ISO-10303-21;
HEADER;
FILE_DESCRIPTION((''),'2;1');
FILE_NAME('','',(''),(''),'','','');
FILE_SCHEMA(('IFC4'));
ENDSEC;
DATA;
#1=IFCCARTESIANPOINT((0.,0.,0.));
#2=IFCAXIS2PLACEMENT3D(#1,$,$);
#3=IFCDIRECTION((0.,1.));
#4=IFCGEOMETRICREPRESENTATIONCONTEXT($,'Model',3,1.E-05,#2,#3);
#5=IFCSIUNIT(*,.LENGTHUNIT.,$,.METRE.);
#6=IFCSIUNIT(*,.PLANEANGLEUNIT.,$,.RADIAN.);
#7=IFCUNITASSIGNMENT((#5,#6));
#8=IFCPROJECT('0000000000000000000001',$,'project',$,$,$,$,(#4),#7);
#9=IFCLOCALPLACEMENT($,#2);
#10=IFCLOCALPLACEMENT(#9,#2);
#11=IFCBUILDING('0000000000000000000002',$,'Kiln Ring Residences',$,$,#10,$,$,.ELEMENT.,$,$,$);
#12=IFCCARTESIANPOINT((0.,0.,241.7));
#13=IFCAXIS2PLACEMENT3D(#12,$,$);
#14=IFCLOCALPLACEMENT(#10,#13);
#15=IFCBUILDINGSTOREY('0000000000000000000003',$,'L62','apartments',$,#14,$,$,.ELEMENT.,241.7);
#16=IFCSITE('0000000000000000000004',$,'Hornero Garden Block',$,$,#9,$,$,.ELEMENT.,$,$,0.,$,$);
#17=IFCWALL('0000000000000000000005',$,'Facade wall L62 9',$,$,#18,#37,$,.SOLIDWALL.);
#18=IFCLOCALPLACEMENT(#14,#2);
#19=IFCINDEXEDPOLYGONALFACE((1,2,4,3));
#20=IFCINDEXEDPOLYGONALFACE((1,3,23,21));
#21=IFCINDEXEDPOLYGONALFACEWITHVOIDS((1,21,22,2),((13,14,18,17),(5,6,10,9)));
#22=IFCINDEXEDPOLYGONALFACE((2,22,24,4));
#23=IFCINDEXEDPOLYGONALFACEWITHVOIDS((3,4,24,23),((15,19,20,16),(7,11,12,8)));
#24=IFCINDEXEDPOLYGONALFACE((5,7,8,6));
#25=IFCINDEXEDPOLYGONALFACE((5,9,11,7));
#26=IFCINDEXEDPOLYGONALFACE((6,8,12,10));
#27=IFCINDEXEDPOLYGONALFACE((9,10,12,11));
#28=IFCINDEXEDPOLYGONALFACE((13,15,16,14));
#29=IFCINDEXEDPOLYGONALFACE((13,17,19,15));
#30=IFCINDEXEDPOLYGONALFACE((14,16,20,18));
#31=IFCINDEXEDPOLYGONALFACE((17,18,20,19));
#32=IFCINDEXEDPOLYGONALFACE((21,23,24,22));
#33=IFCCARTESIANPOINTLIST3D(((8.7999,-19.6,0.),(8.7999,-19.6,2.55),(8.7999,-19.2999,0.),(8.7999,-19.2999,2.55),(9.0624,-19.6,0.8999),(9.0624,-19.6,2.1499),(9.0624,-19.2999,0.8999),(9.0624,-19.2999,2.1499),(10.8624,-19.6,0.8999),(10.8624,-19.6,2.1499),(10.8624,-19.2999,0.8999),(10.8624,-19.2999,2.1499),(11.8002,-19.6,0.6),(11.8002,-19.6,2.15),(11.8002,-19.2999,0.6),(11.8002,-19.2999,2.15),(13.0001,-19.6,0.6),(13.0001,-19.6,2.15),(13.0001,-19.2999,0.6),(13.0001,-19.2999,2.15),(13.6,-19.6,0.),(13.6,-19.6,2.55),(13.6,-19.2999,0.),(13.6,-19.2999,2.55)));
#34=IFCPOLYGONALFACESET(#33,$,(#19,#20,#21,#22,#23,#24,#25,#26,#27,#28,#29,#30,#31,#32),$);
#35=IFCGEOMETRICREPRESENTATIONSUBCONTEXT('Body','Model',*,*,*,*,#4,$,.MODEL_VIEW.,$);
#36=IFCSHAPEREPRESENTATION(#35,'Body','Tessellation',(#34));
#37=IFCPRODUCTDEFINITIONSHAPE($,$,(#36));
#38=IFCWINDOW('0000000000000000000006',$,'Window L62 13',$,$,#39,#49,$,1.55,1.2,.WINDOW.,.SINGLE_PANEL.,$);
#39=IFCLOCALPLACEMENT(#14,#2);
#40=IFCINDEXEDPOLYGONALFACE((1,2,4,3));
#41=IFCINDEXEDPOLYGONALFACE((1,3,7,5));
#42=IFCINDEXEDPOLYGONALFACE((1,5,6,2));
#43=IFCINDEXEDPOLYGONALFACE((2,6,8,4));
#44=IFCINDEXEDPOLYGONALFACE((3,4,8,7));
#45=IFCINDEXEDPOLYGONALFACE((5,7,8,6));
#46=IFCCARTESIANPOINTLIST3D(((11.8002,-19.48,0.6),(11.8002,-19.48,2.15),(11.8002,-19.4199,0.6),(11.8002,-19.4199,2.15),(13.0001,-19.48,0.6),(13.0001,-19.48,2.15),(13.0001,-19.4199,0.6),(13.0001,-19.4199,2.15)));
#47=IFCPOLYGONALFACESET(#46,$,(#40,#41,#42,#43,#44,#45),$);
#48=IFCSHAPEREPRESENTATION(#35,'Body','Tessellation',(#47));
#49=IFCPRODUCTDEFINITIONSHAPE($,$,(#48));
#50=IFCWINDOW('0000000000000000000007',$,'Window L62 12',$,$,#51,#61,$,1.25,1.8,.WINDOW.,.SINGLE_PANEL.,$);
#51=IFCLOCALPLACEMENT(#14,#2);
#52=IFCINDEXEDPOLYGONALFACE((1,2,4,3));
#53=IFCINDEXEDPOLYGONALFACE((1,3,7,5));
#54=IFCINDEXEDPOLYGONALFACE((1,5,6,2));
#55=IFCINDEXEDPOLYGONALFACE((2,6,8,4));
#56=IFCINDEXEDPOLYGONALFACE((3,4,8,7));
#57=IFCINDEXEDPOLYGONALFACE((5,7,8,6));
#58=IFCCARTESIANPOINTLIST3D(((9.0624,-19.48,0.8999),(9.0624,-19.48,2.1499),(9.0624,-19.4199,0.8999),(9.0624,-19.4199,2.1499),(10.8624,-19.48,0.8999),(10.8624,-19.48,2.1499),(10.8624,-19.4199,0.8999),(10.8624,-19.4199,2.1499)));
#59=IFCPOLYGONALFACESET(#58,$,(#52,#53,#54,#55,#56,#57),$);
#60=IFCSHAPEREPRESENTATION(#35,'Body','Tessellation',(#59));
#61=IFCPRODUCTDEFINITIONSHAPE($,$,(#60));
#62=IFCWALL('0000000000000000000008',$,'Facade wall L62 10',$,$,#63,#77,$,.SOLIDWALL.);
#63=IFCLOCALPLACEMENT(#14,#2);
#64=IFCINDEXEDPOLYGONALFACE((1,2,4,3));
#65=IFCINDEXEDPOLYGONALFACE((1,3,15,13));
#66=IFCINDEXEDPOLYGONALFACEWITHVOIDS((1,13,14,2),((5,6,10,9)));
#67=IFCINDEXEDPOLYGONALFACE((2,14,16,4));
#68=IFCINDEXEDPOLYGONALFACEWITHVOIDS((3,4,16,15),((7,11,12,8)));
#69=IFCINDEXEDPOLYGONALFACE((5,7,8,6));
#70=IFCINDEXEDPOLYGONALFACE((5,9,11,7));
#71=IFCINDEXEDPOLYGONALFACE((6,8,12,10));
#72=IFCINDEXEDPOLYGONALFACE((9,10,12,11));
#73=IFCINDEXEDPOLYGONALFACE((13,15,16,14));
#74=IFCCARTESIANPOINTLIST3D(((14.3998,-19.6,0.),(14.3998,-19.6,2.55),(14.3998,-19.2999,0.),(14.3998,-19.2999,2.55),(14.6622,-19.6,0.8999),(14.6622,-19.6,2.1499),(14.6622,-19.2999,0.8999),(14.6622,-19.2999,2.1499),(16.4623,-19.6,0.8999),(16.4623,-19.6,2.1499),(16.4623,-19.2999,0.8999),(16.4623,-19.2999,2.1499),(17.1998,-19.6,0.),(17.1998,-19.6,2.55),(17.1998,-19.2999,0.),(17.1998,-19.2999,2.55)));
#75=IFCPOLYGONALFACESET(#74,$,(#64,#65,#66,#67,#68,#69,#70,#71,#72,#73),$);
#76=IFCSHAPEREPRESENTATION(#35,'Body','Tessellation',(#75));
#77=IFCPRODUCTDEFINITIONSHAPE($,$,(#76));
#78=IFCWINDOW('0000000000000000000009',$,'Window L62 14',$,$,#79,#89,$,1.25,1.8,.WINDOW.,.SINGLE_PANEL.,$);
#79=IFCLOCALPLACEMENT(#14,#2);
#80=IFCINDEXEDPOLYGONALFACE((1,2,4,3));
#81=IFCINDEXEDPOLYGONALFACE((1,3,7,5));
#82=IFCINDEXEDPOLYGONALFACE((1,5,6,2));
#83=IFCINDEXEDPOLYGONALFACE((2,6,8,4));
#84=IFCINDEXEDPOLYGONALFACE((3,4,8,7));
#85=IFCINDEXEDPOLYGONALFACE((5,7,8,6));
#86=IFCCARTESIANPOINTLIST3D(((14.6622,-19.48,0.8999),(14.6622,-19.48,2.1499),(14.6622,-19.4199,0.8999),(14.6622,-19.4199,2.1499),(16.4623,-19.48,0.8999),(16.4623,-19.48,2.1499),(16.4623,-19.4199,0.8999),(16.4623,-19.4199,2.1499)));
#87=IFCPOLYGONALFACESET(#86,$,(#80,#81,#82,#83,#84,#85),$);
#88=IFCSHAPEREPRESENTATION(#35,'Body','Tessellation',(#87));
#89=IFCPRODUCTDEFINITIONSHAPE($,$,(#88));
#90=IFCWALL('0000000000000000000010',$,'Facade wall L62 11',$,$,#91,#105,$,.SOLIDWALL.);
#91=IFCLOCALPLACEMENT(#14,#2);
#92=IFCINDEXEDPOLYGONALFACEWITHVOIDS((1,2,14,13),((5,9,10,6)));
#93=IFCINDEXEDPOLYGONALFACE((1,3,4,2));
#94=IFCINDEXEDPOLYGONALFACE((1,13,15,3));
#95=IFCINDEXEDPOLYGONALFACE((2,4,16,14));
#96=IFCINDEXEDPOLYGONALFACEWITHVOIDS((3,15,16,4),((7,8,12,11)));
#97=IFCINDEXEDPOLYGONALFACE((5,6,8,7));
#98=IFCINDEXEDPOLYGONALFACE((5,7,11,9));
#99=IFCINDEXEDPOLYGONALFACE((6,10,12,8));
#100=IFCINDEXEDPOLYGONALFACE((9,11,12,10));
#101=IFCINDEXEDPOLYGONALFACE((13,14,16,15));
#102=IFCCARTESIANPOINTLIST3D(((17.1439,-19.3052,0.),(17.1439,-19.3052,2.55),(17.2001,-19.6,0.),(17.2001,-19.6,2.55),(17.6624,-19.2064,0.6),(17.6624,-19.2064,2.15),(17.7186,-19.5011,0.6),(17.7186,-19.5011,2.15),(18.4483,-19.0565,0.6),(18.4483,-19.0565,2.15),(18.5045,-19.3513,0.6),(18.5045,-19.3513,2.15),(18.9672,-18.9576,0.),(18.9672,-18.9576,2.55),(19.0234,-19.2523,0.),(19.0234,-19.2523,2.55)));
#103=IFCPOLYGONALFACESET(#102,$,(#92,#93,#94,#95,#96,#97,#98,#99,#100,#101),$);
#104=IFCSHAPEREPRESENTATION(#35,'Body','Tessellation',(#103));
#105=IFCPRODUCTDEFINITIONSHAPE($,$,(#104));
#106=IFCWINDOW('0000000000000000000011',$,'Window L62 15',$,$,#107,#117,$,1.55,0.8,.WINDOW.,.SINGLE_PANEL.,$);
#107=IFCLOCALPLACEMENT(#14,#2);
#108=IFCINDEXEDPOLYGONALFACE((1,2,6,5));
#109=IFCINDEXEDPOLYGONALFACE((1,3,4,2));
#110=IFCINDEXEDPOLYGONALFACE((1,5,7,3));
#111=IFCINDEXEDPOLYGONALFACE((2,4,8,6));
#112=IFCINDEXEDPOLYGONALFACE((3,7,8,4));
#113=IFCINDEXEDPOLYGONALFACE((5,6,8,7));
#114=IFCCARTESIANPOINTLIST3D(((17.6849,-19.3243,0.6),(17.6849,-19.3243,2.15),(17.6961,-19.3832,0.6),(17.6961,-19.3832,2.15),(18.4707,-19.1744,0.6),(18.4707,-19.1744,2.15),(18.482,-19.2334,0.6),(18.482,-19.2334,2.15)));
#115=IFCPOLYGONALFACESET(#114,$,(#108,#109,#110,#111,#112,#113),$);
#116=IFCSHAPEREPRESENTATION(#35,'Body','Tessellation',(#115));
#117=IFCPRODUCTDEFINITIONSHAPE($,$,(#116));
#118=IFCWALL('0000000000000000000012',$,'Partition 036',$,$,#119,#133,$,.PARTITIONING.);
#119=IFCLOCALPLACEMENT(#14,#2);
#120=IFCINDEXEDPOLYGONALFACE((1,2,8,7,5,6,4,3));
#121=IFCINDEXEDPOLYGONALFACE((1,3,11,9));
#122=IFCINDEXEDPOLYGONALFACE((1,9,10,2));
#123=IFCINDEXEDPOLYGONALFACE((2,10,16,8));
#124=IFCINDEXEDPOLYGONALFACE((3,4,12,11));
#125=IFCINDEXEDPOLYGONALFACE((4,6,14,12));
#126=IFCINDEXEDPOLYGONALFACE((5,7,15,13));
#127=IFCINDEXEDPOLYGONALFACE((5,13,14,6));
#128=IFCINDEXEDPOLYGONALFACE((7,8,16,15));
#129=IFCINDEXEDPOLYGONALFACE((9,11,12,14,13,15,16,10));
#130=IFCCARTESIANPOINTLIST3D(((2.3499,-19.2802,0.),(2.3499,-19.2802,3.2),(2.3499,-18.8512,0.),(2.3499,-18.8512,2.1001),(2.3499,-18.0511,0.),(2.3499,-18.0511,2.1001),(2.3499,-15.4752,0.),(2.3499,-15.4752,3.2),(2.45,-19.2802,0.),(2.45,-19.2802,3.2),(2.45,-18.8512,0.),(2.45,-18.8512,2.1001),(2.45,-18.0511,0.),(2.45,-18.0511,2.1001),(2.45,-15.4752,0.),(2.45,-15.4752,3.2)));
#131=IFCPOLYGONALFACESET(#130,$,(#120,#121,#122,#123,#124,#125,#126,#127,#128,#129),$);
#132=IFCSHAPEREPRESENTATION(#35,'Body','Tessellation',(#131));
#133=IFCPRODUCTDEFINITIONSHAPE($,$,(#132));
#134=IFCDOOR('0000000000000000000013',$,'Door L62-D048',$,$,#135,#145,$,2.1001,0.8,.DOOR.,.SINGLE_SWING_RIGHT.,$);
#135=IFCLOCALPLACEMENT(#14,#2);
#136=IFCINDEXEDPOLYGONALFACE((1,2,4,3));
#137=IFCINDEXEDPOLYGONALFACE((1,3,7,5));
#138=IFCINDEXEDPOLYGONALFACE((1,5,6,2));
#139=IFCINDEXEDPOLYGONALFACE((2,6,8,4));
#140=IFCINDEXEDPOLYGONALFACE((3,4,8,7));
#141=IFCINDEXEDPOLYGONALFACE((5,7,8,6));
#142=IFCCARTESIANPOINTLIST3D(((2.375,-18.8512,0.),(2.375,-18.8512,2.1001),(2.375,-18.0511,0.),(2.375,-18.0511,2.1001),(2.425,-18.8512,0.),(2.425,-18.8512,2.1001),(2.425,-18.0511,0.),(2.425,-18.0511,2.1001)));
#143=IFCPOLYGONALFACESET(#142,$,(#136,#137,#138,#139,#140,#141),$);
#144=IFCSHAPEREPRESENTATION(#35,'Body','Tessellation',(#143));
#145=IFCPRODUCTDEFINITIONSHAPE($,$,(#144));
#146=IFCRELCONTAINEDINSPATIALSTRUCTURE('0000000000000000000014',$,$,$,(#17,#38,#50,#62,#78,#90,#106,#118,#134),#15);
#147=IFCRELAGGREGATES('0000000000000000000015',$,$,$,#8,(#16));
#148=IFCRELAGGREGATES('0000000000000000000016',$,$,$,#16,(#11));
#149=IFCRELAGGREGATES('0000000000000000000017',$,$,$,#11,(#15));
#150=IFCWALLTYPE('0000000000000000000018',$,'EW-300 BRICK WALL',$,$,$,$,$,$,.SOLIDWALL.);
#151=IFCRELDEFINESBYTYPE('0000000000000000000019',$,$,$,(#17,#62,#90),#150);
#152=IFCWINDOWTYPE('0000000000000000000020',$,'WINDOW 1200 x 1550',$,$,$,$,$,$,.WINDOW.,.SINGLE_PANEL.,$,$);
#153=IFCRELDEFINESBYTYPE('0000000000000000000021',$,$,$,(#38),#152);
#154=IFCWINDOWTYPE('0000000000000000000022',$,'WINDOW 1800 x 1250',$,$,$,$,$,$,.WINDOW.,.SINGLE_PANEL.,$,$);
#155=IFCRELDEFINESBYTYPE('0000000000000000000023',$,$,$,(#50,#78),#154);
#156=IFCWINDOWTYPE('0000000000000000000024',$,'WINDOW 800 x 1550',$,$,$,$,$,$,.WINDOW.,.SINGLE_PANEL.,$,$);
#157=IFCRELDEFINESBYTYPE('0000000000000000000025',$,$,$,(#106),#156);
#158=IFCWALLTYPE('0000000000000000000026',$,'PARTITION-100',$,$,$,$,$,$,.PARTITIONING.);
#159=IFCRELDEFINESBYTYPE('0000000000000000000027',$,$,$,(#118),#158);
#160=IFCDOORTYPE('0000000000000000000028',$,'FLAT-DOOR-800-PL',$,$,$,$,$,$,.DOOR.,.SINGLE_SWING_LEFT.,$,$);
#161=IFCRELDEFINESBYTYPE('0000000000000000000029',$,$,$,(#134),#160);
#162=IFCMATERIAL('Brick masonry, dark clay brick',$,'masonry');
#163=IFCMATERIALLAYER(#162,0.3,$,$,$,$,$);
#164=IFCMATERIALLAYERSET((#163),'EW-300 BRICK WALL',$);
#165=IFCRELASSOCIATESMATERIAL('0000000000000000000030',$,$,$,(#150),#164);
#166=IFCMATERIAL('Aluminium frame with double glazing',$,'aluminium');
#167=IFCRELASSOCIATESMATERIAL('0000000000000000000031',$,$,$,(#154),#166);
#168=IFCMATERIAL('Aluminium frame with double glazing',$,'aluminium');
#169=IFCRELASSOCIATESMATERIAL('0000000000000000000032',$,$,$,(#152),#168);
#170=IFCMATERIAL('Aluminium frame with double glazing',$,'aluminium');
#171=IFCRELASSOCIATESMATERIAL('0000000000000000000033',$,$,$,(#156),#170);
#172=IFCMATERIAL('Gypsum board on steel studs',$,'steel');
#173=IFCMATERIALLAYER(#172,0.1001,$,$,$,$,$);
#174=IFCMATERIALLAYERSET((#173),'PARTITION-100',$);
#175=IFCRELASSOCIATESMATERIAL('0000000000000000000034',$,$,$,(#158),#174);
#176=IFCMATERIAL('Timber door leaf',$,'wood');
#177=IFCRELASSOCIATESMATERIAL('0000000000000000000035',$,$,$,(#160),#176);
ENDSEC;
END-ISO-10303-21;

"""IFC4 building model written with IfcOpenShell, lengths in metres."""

from ifc_helpers import new_model, si_unit, direction, frame, frame_2d, origin, place, context, subcontext, project, spatial, rectangle, extrude, material, layer, layer_set, type_object, element, fill, save


model = new_model("IFC4")

# Units and contexts
model_context = context("Model", 3, precision=1e-05, world=origin(), true_north=direction((0.0, 1.0)))
body_context = subcontext(model_context, "Body", "Model", "MODEL_VIEW")
ifc_project = project(units=[si_unit("LENGTHUNIT", "METRE"), si_unit("PLANEANGLEUNIT", "RADIAN")], contexts=[model_context])

# Site, building, storey
site_placement = place(None, origin())
site = spatial("IfcSite", under=ifc_project, at=site_placement, Name="Hornero Garden Block", CompositionType="ELEMENT", RefElevation=0.0)
building_placement = place(site_placement, origin())
building = spatial("IfcBuilding", under=site, at=building_placement, Name="Kiln Ring Residences", CompositionType="ELEMENT")
storey_placement = place(building_placement, frame((0.0, 0.0, 241.7)))
storey = spatial("IfcBuildingStorey", under=building, at=storey_placement, Name="L62", Description="apartments", CompositionType="ELEMENT", Elevation=241.7)

# Wall, openings, windows
ifc_material_1 = material(Name="Brick masonry, dark clay brick", Category="masonry")
ifc_layer_1 = layer(ifc_material_1, 0.3)
ifc_layer_set_1 = layer_set([ifc_layer_1], Name="EW-300 BRICK WALL")
wall_type_1 = type_object("IfcWallType", Name="EW-300 BRICK WALL", PredefinedType="SOLIDWALL", material=ifc_layer_set_1)
ifc_material_2 = material(Name="Aluminium frame with double glazing", Category="aluminium")
window_type_1 = type_object("IfcWindowType", Name="WINDOW 1800 x 1250", PartitioningType="SINGLE_PANEL", PredefinedType="WINDOW", material=ifc_material_2)
wall_1_placement = place(storey_placement, frame((8.8, -19.45, 0.0), z_axis=(0.0, 0.0, 1.0), x_axis=(1.0, 0.0, 0.0)))
wall_1 = element("IfcWall", 1, at=wall_1_placement, inside=storey, type_object=wall_type_1, Name="Facade wall L62 9", PredefinedType="SOLIDWALL", context=body_context, shape_type="SweptSolid", body=[
    extrude(rectangle(XDim=4.8, YDim=0.3, at=frame_2d((2.3999, 0.0))), origin(), (0.0, 0.0, 1.0), 2.55),
])
opening_1_placement = place(wall_1_placement, frame((0.2625, 0.0, 0.8999)))
opening_1 = element("IfcOpeningElement", 2, at=opening_1_placement, cuts=wall_1, PredefinedType="OPENING", context=body_context, shape_type="SweptSolid", body=[
    extrude(rectangle(XDim=1.8, YDim=1.25, at=frame_2d((0.8999, 0.625))), frame((0.0, 0.1599, 0.0), z_axis=(0.0, -1.0, 0.0), x_axis=(1.0, 0.0, 0.0)), (0.0, 0.0, 1.0), 0.3201),
])
opening_2_placement = place(wall_1_placement, frame((3.0, 0.0, 0.6001)))
opening_2 = element("IfcOpeningElement", 3, at=opening_2_placement, cuts=wall_1, PredefinedType="OPENING", context=body_context, shape_type="SweptSolid", body=[
    extrude(rectangle(XDim=1.2, YDim=1.55, at=frame_2d((0.6001, 0.7749))), frame((0.0, 0.1599, 0.0), z_axis=(0.0, -1.0, 0.0), x_axis=(1.0, 0.0, 0.0)), (0.0, 0.0, 1.0), 0.3201),
])
ifc_material_3 = material(Name="Aluminium frame with double glazing", Category="aluminium")
window_type_2 = type_object("IfcWindowType", Name="WINDOW 1200 x 1550", PartitioningType="SINGLE_PANEL", PredefinedType="WINDOW", material=ifc_material_3)
window_1_placement = place(opening_2_placement, origin())
window_1 = element("IfcWindow", 4, at=window_1_placement, inside=storey, type_object=window_type_2, Name="Window L62 13", OverallHeight=1.55, OverallWidth=1.2, PartitioningType="SINGLE_PANEL", PredefinedType="WINDOW", context=body_context, shape_type="SweptSolid", body=[
    extrude(rectangle(XDim=1.2, YDim=1.55, at=frame_2d((0.6001, 0.7749))), frame((0.0, 0.03, 0.0), z_axis=(0.0, -1.0, 0.0), x_axis=(1.0, 0.0, 0.0)), (0.0, 0.0, 1.0), 0.0601),
])
fill(opening_2, window_1)
window_2_placement = place(opening_1_placement, origin())
window_2 = element("IfcWindow", 5, at=window_2_placement, inside=storey, type_object=window_type_1, Name="Window L62 12", OverallHeight=1.25, OverallWidth=1.8, PartitioningType="SINGLE_PANEL", PredefinedType="WINDOW", context=body_context, shape_type="SweptSolid", body=[
    extrude(rectangle(XDim=1.8, YDim=1.25, at=frame_2d((0.8999, 0.625))), frame((0.0, 0.03, 0.0), z_axis=(0.0, -1.0, 0.0), x_axis=(1.0, 0.0, 0.0)), (0.0, 0.0, 1.0), 0.0601),
])
fill(opening_1, window_2)

# Walls, openings, windows
wall_2_placement = place(storey_placement, frame((14.3999, -19.45, 0.0), z_axis=(0.0, 0.0, 1.0), x_axis=(1.0, 0.0, 0.0)))
wall_2 = element("IfcWall", 6, at=wall_2_placement, inside=storey, type_object=wall_type_1, Name="Facade wall L62 10", PredefinedType="SOLIDWALL", context=body_context, shape_type="SweptSolid", body=[
    extrude(rectangle(XDim=2.8, YDim=0.3, at=frame_2d((1.3999, 0.0))), origin(), (0.0, 0.0, 1.0), 2.55),
])
opening_3_placement = place(wall_2_placement, frame((0.2625, 0.0, 0.8999)))
opening_3 = element("IfcOpeningElement", 7, at=opening_3_placement, cuts=wall_2, PredefinedType="OPENING", context=body_context, shape_type="SweptSolid", body=[
    extrude(rectangle(XDim=1.8, YDim=1.25, at=frame_2d((0.8999, 0.625))), frame((0.0, 0.1599, 0.0), z_axis=(0.0, -1.0, 0.0), x_axis=(1.0, 0.0, 0.0)), (0.0, 0.0, 1.0), 0.3201),
])
window_3_placement = place(opening_3_placement, origin())
window_3 = element("IfcWindow", 8, at=window_3_placement, inside=storey, type_object=window_type_1, Name="Window L62 14", OverallHeight=1.25, OverallWidth=1.8, PartitioningType="SINGLE_PANEL", PredefinedType="WINDOW", context=body_context, shape_type="SweptSolid", body=[
    extrude(rectangle(XDim=1.8, YDim=1.25, at=frame_2d((0.8999, 0.625))), frame((0.0, 0.03, 0.0), z_axis=(0.0, -1.0, 0.0), x_axis=(1.0, 0.0, 0.0)), (0.0, 0.0, 1.0), 0.0601),
])
fill(opening_3, window_3)
wall_3_placement = place(storey_placement, frame((17.1719, -19.4526, 0.0), z_axis=(0.0, 0.0, 1.0), x_axis=(0.982302, 0.187306, 0.0)))
wall_3 = element("IfcWall", 9, at=wall_3_placement, inside=storey, type_object=wall_type_1, Name="Facade wall L62 11", PredefinedType="SOLIDWALL", context=body_context, shape_type="SweptSolid", body=[
    extrude(rectangle(XDim=1.8562, YDim=0.3, at=frame_2d((0.9282, 0.0))), origin(), (0.0, 0.0, 1.0), 2.55),
])
opening_4_placement = place(wall_3_placement, frame((0.5281, 0.0, 0.6001)))
opening_4 = element("IfcOpeningElement", 10, at=opening_4_placement, cuts=wall_3, PredefinedType="OPENING", context=body_context, shape_type="SweptSolid", body=[
    extrude(rectangle(XDim=0.8, YDim=1.55, at=frame_2d((0.3999, 0.7749))), frame((0.0, 0.1599, 0.0), z_axis=(0.0, -1.0, 0.0), x_axis=(1.0, 0.0, 0.0)), (0.0, 0.0, 1.0), 0.3201),
])
ifc_material_4 = material(Name="Aluminium frame with double glazing", Category="aluminium")
window_type_3 = type_object("IfcWindowType", Name="WINDOW 800 x 1550", PartitioningType="SINGLE_PANEL", PredefinedType="WINDOW", material=ifc_material_4)
window_4_placement = place(opening_4_placement, origin())
window_4 = element("IfcWindow", 11, at=window_4_placement, inside=storey, type_object=window_type_3, Name="Window L62 15", OverallHeight=1.55, OverallWidth=0.8, PartitioningType="SINGLE_PANEL", PredefinedType="WINDOW", context=body_context, shape_type="SweptSolid", body=[
    extrude(rectangle(XDim=0.8, YDim=1.55, at=frame_2d((0.3999, 0.7749))), frame((0.0, 0.03, 0.0), z_axis=(0.0, -1.0, 0.0), x_axis=(1.0, 0.0, 0.0)), (0.0, 0.0, 1.0), 0.0601),
])
fill(opening_4, window_4)

# Wall, opening, door
ifc_material_5 = material(Name="Gypsum board on steel studs", Category="steel")
ifc_layer_2 = layer(ifc_material_5, 0.1001)
ifc_layer_set_2 = layer_set([ifc_layer_2], Name="PARTITION-100")
wall_type_2 = type_object("IfcWallType", Name="PARTITION-100", PredefinedType="PARTITIONING", material=ifc_layer_set_2)
wall_4_placement = place(storey_placement, frame((2.3999, -19.28, 0.0), z_axis=(0.0, 0.0, 1.0), x_axis=(0.0, 1.0, 0.0)))
wall_4 = element("IfcWall", 12, at=wall_4_placement, inside=storey, type_object=wall_type_2, Name="Partition 036", PredefinedType="PARTITIONING", context=body_context, shape_type="SweptSolid", body=[
    extrude(rectangle(XDim=3.8049, YDim=0.1001, at=frame_2d((1.9023, 0.0))), origin(), (0.0, 0.0, 1.0), 3.2),
])
opening_5_placement = place(wall_4_placement, frame((0.429, 0.0, 0.0)))
opening_5 = element("IfcOpeningElement", 13, at=opening_5_placement, cuts=wall_4, PredefinedType="OPENING", context=body_context, shape_type="SweptSolid", body=[
    extrude(rectangle(XDim=0.8, YDim=2.1001, at=frame_2d((0.3999, 1.05))), frame((0.0, 0.0601, 0.0), z_axis=(0.0, -1.0, 0.0), x_axis=(1.0, 0.0, 0.0)), (0.0, 0.0, 1.0), 0.1201),
])
ifc_material_6 = material(Name="Timber door leaf", Category="wood")
door_type_1 = type_object("IfcDoorType", Name="FLAT-DOOR-800-PL", OperationType="SINGLE_SWING_LEFT", PredefinedType="DOOR", material=ifc_material_6)
door_1_placement = place(opening_5_placement, origin())
door_1 = element("IfcDoor", 14, at=door_1_placement, inside=storey, type_object=door_type_1, Name="Door L62-D048", OperationType="SINGLE_SWING_RIGHT", OverallHeight=2.1001, OverallWidth=0.8, PredefinedType="DOOR", context=body_context, shape_type="SweptSolid", body=[
    extrude(rectangle(XDim=0.8, YDim=2.1001, at=frame_2d((0.3999, 1.05))), frame((0.0, 0.0249, 0.0), z_axis=(0.0, -1.0, 0.0), x_axis=(1.0, 0.0, 0.0)), (0.0, 0.0, 1.0), 0.05),
])
fill(opening_5, door_1)

save(model, "model.ifc")
